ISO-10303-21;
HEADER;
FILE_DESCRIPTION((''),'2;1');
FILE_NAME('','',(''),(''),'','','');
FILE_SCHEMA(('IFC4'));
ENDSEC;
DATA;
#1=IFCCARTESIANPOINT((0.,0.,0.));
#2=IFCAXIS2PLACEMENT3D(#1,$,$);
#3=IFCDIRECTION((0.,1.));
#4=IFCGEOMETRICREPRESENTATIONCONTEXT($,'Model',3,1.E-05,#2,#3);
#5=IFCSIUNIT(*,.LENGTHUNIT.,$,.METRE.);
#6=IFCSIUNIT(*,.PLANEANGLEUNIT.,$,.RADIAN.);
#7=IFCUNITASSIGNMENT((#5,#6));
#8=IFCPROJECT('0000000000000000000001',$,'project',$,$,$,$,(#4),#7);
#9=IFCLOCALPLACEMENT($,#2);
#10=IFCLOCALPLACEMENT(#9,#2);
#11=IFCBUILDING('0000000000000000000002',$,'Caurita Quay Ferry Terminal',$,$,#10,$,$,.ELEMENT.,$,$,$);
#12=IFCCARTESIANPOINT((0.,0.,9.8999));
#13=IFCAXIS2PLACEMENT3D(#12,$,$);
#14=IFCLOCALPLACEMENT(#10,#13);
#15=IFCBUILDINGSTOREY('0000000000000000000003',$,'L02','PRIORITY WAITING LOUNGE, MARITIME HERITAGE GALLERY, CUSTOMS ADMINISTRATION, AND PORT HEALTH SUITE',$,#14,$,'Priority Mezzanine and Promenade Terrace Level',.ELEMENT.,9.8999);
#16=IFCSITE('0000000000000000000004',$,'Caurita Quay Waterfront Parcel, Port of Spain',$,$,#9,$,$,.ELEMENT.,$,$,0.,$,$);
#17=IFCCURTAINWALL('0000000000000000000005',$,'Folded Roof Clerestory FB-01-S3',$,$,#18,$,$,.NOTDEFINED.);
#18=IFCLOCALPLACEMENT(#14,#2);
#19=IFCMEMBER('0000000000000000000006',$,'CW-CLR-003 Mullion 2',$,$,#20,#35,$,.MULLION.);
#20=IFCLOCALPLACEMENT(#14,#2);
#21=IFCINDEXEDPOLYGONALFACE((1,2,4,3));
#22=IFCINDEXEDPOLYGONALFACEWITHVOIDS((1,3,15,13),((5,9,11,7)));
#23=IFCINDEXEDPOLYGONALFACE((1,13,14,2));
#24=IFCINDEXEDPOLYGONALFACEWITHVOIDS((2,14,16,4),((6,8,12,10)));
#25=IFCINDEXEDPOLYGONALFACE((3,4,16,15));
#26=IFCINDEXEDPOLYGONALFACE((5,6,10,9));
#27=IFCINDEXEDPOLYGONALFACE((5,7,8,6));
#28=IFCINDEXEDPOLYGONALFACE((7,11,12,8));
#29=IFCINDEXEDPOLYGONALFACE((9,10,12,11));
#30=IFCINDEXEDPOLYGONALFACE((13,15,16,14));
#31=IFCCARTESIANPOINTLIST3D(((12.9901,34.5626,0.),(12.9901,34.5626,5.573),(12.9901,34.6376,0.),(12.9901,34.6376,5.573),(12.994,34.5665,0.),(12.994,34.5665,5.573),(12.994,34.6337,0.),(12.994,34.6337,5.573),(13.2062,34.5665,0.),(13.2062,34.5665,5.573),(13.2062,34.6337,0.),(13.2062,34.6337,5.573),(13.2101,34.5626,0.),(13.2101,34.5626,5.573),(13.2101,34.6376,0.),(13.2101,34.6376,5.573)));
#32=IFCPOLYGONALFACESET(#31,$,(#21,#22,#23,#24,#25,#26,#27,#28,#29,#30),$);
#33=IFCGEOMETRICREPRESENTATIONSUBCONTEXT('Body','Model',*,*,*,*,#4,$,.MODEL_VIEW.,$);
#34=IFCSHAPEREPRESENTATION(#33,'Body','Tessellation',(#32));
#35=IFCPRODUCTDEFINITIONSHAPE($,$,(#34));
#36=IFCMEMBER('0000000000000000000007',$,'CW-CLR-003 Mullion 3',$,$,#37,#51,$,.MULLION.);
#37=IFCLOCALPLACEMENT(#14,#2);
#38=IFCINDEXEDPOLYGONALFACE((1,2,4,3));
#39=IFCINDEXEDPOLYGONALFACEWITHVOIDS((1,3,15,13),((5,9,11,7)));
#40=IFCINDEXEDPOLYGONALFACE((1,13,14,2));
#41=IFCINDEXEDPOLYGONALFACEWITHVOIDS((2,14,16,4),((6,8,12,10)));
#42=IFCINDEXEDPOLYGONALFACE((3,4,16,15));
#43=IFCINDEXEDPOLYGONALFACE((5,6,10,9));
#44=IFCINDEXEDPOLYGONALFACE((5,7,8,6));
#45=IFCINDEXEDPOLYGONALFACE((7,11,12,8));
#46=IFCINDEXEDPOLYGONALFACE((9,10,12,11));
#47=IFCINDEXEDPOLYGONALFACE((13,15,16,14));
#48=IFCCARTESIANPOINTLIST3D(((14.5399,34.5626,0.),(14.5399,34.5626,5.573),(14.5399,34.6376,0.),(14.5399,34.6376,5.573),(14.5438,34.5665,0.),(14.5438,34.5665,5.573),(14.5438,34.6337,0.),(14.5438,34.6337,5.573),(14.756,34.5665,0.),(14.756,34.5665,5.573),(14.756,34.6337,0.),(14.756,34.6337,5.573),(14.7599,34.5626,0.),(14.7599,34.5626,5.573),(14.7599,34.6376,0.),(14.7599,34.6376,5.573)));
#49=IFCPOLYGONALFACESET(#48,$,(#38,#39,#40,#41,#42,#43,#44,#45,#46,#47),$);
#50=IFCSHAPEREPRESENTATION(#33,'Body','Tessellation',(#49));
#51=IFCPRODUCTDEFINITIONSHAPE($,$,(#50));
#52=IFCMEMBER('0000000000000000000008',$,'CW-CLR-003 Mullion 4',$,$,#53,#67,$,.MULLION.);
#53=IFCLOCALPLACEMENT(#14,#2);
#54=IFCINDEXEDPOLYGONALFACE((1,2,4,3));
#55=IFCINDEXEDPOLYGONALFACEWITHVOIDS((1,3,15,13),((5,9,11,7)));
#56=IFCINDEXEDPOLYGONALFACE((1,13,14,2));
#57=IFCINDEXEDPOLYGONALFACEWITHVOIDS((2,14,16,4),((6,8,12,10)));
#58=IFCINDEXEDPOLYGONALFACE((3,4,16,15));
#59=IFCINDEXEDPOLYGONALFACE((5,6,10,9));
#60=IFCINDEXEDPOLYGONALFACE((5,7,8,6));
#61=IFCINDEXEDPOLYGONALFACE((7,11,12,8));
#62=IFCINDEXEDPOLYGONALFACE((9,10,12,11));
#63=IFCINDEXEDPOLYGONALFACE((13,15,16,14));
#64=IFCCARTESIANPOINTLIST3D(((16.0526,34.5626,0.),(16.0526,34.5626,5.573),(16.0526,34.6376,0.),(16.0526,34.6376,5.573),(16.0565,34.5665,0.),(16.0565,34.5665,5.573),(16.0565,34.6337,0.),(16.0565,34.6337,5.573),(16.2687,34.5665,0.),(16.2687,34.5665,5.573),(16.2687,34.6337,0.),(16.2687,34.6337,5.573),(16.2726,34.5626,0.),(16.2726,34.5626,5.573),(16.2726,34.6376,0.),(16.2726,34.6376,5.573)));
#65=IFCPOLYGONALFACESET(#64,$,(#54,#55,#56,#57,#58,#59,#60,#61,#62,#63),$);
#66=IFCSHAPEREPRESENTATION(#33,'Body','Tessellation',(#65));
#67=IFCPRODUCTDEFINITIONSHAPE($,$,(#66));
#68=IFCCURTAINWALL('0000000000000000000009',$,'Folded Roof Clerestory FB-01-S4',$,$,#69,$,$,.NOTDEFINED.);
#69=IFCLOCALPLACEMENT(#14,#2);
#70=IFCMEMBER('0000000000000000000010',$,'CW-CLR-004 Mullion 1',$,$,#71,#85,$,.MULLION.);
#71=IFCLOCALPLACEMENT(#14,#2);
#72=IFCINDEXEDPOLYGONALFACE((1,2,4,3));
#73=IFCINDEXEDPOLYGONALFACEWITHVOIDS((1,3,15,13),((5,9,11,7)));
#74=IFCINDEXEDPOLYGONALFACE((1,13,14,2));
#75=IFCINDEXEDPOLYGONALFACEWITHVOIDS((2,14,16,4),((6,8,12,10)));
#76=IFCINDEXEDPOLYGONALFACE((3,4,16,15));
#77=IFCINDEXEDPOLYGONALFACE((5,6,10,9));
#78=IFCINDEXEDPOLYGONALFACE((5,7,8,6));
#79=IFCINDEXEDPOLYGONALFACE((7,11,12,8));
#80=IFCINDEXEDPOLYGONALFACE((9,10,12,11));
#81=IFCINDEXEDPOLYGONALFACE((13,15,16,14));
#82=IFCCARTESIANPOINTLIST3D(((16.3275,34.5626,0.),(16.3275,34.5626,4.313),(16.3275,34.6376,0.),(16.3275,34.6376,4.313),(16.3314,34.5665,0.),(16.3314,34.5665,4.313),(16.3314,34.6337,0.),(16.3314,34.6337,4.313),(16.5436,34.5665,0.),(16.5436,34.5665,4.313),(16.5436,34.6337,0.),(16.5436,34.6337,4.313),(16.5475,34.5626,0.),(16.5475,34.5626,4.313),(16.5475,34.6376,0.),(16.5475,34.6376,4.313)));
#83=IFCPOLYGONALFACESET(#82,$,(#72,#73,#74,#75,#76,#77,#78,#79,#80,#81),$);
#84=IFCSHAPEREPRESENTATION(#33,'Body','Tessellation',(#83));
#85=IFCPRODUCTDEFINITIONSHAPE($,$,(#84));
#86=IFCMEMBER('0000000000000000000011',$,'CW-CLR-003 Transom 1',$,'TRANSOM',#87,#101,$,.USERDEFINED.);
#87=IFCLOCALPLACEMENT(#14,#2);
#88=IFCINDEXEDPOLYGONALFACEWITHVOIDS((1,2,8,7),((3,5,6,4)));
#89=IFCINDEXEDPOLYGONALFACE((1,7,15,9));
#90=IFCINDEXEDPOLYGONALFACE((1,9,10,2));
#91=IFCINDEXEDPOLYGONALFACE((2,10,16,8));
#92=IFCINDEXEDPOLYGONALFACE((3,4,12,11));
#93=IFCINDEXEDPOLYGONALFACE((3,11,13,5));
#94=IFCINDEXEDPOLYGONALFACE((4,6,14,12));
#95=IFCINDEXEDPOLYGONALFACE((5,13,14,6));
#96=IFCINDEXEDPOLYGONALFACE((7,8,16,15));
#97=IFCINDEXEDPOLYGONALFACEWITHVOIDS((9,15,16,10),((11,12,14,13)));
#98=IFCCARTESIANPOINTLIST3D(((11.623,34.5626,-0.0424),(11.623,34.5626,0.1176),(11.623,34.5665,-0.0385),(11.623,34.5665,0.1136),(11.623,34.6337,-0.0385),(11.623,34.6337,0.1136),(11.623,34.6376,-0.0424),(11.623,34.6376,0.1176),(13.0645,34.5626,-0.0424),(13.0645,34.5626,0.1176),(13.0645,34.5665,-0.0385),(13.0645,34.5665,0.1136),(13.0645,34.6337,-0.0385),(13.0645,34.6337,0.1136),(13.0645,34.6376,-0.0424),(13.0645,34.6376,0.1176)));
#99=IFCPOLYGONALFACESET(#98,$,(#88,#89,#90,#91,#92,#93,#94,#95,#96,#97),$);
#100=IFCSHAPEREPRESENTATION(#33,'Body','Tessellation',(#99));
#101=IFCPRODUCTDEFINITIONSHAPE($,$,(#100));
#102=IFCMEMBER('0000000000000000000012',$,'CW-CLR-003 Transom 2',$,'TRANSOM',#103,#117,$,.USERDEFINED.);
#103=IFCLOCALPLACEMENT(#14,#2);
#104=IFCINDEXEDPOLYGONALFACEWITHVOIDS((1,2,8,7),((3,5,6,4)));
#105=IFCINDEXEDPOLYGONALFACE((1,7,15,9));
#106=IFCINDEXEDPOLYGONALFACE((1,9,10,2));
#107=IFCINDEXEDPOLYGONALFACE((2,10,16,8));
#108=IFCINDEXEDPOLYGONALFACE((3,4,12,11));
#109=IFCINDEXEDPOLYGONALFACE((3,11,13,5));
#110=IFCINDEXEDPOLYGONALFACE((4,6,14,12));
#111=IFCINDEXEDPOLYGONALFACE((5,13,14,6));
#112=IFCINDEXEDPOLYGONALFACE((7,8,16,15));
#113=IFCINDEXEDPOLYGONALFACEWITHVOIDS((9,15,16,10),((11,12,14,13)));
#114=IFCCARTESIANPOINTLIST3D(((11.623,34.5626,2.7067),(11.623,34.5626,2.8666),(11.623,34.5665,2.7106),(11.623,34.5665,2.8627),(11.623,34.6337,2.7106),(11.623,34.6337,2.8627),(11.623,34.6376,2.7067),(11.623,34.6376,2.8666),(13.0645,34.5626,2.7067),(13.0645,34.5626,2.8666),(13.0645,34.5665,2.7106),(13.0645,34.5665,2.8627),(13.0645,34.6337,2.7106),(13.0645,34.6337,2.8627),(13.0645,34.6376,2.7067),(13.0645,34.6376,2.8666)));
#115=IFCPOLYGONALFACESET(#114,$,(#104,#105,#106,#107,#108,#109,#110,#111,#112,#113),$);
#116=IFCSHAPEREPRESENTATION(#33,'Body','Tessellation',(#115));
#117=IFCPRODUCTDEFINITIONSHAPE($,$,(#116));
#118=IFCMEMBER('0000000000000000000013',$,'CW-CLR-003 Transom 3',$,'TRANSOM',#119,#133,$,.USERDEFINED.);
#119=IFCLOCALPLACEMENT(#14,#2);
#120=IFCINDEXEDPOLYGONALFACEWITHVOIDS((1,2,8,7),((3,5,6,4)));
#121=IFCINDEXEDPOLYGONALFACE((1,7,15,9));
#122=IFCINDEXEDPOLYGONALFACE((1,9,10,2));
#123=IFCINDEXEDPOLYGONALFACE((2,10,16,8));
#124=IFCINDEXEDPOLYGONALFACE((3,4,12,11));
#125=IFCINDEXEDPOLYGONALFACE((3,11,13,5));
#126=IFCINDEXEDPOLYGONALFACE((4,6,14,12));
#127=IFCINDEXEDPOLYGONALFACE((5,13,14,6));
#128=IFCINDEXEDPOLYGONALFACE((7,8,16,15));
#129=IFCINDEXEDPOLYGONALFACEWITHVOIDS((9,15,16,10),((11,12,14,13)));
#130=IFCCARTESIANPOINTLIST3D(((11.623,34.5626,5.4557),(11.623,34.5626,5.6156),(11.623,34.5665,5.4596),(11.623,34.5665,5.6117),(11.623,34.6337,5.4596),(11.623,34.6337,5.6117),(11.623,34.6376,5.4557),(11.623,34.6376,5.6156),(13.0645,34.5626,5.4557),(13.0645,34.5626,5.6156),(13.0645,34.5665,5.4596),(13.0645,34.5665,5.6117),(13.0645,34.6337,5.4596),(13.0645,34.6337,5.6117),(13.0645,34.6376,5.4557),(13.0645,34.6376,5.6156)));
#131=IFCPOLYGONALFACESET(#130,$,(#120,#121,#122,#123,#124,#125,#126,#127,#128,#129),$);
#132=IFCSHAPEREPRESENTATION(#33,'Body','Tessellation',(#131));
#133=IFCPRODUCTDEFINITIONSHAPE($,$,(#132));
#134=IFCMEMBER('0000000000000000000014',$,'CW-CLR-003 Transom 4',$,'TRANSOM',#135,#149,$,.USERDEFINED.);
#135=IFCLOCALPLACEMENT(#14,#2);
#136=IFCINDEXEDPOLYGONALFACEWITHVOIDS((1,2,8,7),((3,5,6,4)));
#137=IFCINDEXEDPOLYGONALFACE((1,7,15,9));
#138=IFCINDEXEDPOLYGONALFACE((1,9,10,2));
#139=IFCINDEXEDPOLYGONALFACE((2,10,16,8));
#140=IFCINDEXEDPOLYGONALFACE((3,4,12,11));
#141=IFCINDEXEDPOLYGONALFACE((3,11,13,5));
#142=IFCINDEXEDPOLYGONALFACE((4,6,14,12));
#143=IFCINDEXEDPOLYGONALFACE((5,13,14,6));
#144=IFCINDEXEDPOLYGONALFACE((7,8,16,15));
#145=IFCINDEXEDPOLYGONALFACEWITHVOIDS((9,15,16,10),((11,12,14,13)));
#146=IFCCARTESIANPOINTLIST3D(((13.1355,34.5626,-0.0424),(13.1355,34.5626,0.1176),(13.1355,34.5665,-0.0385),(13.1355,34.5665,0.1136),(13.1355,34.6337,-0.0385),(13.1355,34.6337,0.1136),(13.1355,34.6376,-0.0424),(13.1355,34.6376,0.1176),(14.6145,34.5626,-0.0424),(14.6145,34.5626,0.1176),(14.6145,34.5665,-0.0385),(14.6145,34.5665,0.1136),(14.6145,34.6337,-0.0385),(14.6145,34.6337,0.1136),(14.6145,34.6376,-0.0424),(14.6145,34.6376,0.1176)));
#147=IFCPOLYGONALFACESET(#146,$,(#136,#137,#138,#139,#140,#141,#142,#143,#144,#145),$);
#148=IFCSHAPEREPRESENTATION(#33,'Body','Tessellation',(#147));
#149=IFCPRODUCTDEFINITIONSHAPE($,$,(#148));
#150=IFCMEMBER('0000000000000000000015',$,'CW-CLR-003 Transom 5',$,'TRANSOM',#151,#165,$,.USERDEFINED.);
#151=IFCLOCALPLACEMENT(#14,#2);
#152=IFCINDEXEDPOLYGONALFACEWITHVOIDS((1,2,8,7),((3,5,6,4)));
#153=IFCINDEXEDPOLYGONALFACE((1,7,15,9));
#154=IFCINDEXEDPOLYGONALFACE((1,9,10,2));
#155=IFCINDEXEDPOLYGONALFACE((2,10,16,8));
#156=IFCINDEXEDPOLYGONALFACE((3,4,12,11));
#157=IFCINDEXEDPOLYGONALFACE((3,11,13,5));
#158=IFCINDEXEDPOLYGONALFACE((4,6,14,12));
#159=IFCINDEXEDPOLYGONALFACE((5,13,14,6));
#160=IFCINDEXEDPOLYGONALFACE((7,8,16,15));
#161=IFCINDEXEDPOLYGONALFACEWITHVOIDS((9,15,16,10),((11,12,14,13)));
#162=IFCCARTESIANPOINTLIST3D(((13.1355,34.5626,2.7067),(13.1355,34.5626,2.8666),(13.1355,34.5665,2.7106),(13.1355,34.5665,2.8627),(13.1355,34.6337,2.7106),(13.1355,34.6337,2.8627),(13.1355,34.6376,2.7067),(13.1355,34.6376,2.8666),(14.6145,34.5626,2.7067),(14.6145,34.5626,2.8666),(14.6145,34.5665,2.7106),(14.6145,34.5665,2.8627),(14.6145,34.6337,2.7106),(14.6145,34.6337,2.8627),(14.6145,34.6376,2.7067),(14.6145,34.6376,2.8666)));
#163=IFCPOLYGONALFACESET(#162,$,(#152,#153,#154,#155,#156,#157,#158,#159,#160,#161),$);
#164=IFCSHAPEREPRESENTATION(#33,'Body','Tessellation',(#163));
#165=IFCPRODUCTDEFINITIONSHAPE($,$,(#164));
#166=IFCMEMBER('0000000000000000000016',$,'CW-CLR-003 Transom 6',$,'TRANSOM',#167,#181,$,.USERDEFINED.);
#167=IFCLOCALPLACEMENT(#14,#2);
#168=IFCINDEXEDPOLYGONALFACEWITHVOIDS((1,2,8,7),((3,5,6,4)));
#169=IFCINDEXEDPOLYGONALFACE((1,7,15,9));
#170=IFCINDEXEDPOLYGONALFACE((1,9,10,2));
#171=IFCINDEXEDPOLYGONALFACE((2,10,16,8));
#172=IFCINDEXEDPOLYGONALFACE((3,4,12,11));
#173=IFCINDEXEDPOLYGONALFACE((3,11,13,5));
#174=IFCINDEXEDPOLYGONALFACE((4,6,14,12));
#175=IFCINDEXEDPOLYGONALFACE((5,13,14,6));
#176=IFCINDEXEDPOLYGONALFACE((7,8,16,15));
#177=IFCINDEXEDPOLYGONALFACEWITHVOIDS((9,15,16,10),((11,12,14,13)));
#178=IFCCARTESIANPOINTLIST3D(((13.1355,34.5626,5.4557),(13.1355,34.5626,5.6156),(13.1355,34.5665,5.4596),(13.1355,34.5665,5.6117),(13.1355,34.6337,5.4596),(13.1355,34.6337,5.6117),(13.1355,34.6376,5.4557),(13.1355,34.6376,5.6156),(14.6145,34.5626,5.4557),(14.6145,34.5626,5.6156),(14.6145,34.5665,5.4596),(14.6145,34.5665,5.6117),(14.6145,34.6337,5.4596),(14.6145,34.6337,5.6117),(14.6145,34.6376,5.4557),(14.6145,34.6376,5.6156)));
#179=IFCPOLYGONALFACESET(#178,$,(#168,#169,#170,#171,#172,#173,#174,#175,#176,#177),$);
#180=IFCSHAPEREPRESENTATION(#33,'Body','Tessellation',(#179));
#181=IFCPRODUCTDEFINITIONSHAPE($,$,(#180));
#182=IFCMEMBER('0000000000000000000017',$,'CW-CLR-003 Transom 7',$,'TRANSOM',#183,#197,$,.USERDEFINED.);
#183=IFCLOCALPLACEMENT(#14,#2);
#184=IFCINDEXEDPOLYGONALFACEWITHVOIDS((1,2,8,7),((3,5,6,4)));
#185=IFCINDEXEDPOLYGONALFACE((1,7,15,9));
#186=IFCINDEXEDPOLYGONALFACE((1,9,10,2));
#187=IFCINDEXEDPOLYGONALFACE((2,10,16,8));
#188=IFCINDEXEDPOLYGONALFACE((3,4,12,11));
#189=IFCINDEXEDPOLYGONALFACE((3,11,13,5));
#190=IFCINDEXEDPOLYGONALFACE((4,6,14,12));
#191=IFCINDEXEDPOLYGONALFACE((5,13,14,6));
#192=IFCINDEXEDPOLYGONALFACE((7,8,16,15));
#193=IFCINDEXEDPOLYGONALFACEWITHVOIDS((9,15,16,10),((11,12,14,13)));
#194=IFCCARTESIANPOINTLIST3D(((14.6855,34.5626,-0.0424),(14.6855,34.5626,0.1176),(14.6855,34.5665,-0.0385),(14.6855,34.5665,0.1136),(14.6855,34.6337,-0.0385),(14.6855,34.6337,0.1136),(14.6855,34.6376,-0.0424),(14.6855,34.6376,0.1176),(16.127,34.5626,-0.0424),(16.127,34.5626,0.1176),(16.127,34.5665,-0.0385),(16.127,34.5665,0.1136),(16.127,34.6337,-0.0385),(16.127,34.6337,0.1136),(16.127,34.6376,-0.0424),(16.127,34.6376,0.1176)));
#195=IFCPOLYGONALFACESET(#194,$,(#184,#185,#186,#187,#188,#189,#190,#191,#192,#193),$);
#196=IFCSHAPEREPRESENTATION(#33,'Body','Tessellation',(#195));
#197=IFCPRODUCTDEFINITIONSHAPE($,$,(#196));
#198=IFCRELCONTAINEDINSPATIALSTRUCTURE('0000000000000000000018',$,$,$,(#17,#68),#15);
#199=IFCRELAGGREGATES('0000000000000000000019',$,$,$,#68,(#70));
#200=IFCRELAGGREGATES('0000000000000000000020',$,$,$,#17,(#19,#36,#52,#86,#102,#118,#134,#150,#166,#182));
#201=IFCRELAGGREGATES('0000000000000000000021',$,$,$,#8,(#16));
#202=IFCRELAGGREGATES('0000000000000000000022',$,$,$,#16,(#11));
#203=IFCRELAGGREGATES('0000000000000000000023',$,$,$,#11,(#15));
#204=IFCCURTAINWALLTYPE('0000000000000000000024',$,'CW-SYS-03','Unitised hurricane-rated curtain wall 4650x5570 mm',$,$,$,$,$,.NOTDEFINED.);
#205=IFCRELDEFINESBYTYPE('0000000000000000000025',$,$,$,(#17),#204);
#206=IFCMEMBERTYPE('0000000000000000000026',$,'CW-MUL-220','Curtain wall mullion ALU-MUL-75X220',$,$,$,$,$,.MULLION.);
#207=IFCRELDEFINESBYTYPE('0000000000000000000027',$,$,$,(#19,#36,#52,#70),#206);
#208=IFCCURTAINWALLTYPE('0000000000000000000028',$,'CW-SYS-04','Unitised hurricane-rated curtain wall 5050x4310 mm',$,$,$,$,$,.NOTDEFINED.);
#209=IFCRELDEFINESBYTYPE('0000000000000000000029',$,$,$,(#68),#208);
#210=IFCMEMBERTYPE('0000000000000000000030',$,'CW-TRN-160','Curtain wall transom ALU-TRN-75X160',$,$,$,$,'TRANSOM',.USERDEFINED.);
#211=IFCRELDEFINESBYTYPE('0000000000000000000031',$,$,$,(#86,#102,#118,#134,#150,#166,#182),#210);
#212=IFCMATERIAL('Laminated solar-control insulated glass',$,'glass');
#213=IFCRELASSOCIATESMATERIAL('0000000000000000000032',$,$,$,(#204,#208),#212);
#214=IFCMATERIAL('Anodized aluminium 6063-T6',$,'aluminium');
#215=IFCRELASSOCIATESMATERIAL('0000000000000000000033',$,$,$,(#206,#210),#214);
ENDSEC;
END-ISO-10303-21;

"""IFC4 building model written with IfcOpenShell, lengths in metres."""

from ifc_helpers import new_model, si_unit, direction, frame, origin, origin_2d, place, context, subcontext, project, spatial, hollow_rectangle, extrude, material, material_profile, profile_set, type_object, element, aggregate, save


model = new_model("IFC4")

# Units and contexts
model_context = context("Model", 3, precision=1e-05, world=origin(), true_north=direction((0.0, 1.0)))
body_context = subcontext(model_context, "Body", "Model", "MODEL_VIEW")
ifc_project = project(units=[si_unit("LENGTHUNIT", "METRE"), si_unit("PLANEANGLEUNIT", "RADIAN")], contexts=[model_context])

# Site, building, storey
site_placement = place(None, origin())
site = spatial("IfcSite", under=ifc_project, at=site_placement, Name="Caurita Quay Waterfront Parcel, Port of Spain", CompositionType="ELEMENT", RefElevation=0.0)
building_placement = place(site_placement, origin())
building = spatial("IfcBuilding", under=site, at=building_placement, Name="Caurita Quay Ferry Terminal", CompositionType="ELEMENT")
storey_placement = place(building_placement, frame((0.0, 0.0, 9.8999)))
storey = spatial("IfcBuildingStorey", under=building, at=storey_placement, Name="L02", Description="PRIORITY WAITING LOUNGE, MARITIME HERITAGE GALLERY, CUSTOMS ADMINISTRATION, AND PORT HEALTH SUITE", LongName="Priority Mezzanine and Promenade Terrace Level", CompositionType="ELEMENT", Elevation=9.8999)

# Curtain wall, members
ifc_material_1 = material(Name="Laminated solar-control insulated glass", Category="glass")
curtain_wall_type_1 = type_object("IfcCurtainWallType", Name="CW-SYS-03", Description="Unitised hurricane-rated curtain wall 4650x5570 mm", PredefinedType="NOTDEFINED", material=ifc_material_1)
curtain_wall_1_placement = place(storey_placement, origin())
curtain_wall_1 = element("IfcCurtainWall", 1, at=curtain_wall_1_placement, inside=storey, type_object=curtain_wall_type_1, Name="Folded Roof Clerestory FB-01-S3", PredefinedType="NOTDEFINED")
ifc_material_2 = material(Name="Anodized aluminium 6063-T6", Category="aluminium")
ifc_material_profile_1 = material_profile(ifc_material_2, hollow_rectangle(XDim=0.075, YDim=0.22, WallThickness=0.0039, at=origin_2d()), Name="ALU-MUL-75X220")
ifc_profile_set_1 = profile_set([ifc_material_profile_1], Name="Anodized aluminium 6063-T6")
member_type_1 = type_object("IfcMemberType", Name="CW-MUL-220", Description="Curtain wall mullion ALU-MUL-75X220", PredefinedType="MULLION", material=ifc_profile_set_1)
member_1_placement = place(storey_placement, frame((13.1001, 34.6001, 0.0), z_axis=(0.0, 0.0, 1.0), x_axis=(0.0, 1.0, 0.0)))
member_1 = element("IfcMember", 2, at=member_1_placement, type_object=member_type_1, Name="CW-CLR-003 Mullion 2", PredefinedType="MULLION", context=body_context, shape_type="SweptSolid", body=[
    extrude(hollow_rectangle(XDim=0.075, YDim=0.22, WallThickness=0.0039, at=origin_2d()), origin(), (0.0, 0.0, 1.0), 5.573),
])
member_2_placement = place(storey_placement, frame((14.6499, 34.6001, 0.0), z_axis=(0.0, 0.0, 1.0), x_axis=(0.0, 1.0, 0.0)))
member_2 = element("IfcMember", 3, at=member_2_placement, type_object=member_type_1, Name="CW-CLR-003 Mullion 3", PredefinedType="MULLION", context=body_context, shape_type="SweptSolid", body=[
    extrude(hollow_rectangle(XDim=0.075, YDim=0.22, WallThickness=0.0039, at=origin_2d()), origin(), (0.0, 0.0, 1.0), 5.573),
])
member_3_placement = place(storey_placement, frame((16.1626, 34.6001, 0.0), z_axis=(0.0, 0.0, 1.0), x_axis=(0.0, 1.0, 0.0)))
member_3 = element("IfcMember", 4, at=member_3_placement, type_object=member_type_1, Name="CW-CLR-003 Mullion 4", PredefinedType="MULLION", context=body_context, shape_type="SweptSolid", body=[
    extrude(hollow_rectangle(XDim=0.075, YDim=0.22, WallThickness=0.0039, at=origin_2d()), origin(), (0.0, 0.0, 1.0), 5.573),
])

# Curtain wall, member
curtain_wall_type_2 = type_object("IfcCurtainWallType", Name="CW-SYS-04", Description="Unitised hurricane-rated curtain wall 5050x4310 mm", PredefinedType="NOTDEFINED", material=ifc_material_1)
curtain_wall_2_placement = place(storey_placement, origin())
curtain_wall_2 = element("IfcCurtainWall", 5, at=curtain_wall_2_placement, inside=storey, type_object=curtain_wall_type_2, Name="Folded Roof Clerestory FB-01-S4", PredefinedType="NOTDEFINED")
member_4_placement = place(storey_placement, frame((16.4375, 34.6001, 0.0), z_axis=(0.0, 0.0, 1.0), x_axis=(0.0, 1.0, 0.0)))
member_4 = element("IfcMember", 6, at=member_4_placement, type_object=member_type_1, Name="CW-CLR-004 Mullion 1", PredefinedType="MULLION", context=body_context, shape_type="SweptSolid", body=[
    extrude(hollow_rectangle(XDim=0.075, YDim=0.22, WallThickness=0.0039, at=origin_2d()), origin(), (0.0, 0.0, 1.0), 4.313),
])

# Members
ifc_material_profile_2 = material_profile(ifc_material_2, hollow_rectangle(XDim=0.075, YDim=0.1599, WallThickness=0.0039, at=origin_2d()), Name="ALU-TRN-75X160")
ifc_profile_set_2 = profile_set([ifc_material_profile_2], Name="Anodized aluminium 6063-T6")
member_type_2 = type_object("IfcMemberType", Name="CW-TRN-160", Description="Curtain wall transom ALU-TRN-75X160", ElementType="TRANSOM", PredefinedType="USERDEFINED", material=ifc_profile_set_2)
member_5_placement = place(storey_placement, frame((11.623, 34.6001, 0.0376), z_axis=(1.0, 0.0, 0.0), x_axis=(0.0, 1.0, 0.0)))
member_5 = element("IfcMember", 7, at=member_5_placement, type_object=member_type_2, Name="CW-CLR-003 Transom 1", ObjectType="TRANSOM", PredefinedType="USERDEFINED", context=body_context, shape_type="SweptSolid", body=[
    extrude(hollow_rectangle(XDim=0.075, YDim=0.1599, WallThickness=0.0039, at=origin_2d()), origin(), (0.0, 0.0, 1.0), 1.4414),
])
member_6_placement = place(storey_placement, frame((11.623, 34.6001, 2.7866), z_axis=(1.0, 0.0, 0.0), x_axis=(0.0, 1.0, 0.0)))
member_6 = element("IfcMember", 8, at=member_6_placement, type_object=member_type_2, Name="CW-CLR-003 Transom 2", ObjectType="TRANSOM", PredefinedType="USERDEFINED", context=body_context, shape_type="SweptSolid", body=[
    extrude(hollow_rectangle(XDim=0.075, YDim=0.1599, WallThickness=0.0039, at=origin_2d()), origin(), (0.0, 0.0, 1.0), 1.4414),
])
member_7_placement = place(storey_placement, frame((11.623, 34.6001, 5.5356), z_axis=(1.0, 0.0, 0.0), x_axis=(0.0, 1.0, 0.0)))
member_7 = element("IfcMember", 9, at=member_7_placement, type_object=member_type_2, Name="CW-CLR-003 Transom 3", ObjectType="TRANSOM", PredefinedType="USERDEFINED", context=body_context, shape_type="SweptSolid", body=[
    extrude(hollow_rectangle(XDim=0.075, YDim=0.1599, WallThickness=0.0039, at=origin_2d()), origin(), (0.0, 0.0, 1.0), 1.4414),
])
member_8_placement = place(storey_placement, frame((13.1355, 34.6001, 0.0376), z_axis=(1.0, 0.0, 0.0), x_axis=(0.0, 1.0, 0.0)))
member_8 = element("IfcMember", 10, at=member_8_placement, type_object=member_type_2, Name="CW-CLR-003 Transom 4", ObjectType="TRANSOM", PredefinedType="USERDEFINED", context=body_context, shape_type="SweptSolid", body=[
    extrude(hollow_rectangle(XDim=0.075, YDim=0.1599, WallThickness=0.0039, at=origin_2d()), origin(), (0.0, 0.0, 1.0), 1.479),
])
member_9_placement = place(storey_placement, frame((13.1355, 34.6001, 2.7866), z_axis=(1.0, 0.0, 0.0), x_axis=(0.0, 1.0, 0.0)))
member_9 = element("IfcMember", 11, at=member_9_placement, type_object=member_type_2, Name="CW-CLR-003 Transom 5", ObjectType="TRANSOM", PredefinedType="USERDEFINED", context=body_context, shape_type="SweptSolid", body=[
    extrude(hollow_rectangle(XDim=0.075, YDim=0.1599, WallThickness=0.0039, at=origin_2d()), origin(), (0.0, 0.0, 1.0), 1.479),
])
member_10_placement = place(storey_placement, frame((13.1355, 34.6001, 5.5356), z_axis=(1.0, 0.0, 0.0), x_axis=(0.0, 1.0, 0.0)))
member_10 = element("IfcMember", 12, at=member_10_placement, type_object=member_type_2, Name="CW-CLR-003 Transom 6", ObjectType="TRANSOM", PredefinedType="USERDEFINED", context=body_context, shape_type="SweptSolid", body=[
    extrude(hollow_rectangle(XDim=0.075, YDim=0.1599, WallThickness=0.0039, at=origin_2d()), origin(), (0.0, 0.0, 1.0), 1.479),
])
member_11_placement = place(storey_placement, frame((14.6855, 34.6001, 0.0376), z_axis=(1.0, 0.0, 0.0), x_axis=(0.0, 1.0, 0.0)))
member_11 = element("IfcMember", 13, at=member_11_placement, type_object=member_type_2, Name="CW-CLR-003 Transom 7", ObjectType="TRANSOM", PredefinedType="USERDEFINED", context=body_context, shape_type="SweptSolid", body=[
    extrude(hollow_rectangle(XDim=0.075, YDim=0.1599, WallThickness=0.0039, at=origin_2d()), origin(), (0.0, 0.0, 1.0), 1.4414),
])
aggregate(curtain_wall_2, [member_4])

aggregate(curtain_wall_1, [member_1, member_2, member_3, member_5, member_6, member_7, member_8, member_9, member_10, member_11])

save(model, "model.ifc")
